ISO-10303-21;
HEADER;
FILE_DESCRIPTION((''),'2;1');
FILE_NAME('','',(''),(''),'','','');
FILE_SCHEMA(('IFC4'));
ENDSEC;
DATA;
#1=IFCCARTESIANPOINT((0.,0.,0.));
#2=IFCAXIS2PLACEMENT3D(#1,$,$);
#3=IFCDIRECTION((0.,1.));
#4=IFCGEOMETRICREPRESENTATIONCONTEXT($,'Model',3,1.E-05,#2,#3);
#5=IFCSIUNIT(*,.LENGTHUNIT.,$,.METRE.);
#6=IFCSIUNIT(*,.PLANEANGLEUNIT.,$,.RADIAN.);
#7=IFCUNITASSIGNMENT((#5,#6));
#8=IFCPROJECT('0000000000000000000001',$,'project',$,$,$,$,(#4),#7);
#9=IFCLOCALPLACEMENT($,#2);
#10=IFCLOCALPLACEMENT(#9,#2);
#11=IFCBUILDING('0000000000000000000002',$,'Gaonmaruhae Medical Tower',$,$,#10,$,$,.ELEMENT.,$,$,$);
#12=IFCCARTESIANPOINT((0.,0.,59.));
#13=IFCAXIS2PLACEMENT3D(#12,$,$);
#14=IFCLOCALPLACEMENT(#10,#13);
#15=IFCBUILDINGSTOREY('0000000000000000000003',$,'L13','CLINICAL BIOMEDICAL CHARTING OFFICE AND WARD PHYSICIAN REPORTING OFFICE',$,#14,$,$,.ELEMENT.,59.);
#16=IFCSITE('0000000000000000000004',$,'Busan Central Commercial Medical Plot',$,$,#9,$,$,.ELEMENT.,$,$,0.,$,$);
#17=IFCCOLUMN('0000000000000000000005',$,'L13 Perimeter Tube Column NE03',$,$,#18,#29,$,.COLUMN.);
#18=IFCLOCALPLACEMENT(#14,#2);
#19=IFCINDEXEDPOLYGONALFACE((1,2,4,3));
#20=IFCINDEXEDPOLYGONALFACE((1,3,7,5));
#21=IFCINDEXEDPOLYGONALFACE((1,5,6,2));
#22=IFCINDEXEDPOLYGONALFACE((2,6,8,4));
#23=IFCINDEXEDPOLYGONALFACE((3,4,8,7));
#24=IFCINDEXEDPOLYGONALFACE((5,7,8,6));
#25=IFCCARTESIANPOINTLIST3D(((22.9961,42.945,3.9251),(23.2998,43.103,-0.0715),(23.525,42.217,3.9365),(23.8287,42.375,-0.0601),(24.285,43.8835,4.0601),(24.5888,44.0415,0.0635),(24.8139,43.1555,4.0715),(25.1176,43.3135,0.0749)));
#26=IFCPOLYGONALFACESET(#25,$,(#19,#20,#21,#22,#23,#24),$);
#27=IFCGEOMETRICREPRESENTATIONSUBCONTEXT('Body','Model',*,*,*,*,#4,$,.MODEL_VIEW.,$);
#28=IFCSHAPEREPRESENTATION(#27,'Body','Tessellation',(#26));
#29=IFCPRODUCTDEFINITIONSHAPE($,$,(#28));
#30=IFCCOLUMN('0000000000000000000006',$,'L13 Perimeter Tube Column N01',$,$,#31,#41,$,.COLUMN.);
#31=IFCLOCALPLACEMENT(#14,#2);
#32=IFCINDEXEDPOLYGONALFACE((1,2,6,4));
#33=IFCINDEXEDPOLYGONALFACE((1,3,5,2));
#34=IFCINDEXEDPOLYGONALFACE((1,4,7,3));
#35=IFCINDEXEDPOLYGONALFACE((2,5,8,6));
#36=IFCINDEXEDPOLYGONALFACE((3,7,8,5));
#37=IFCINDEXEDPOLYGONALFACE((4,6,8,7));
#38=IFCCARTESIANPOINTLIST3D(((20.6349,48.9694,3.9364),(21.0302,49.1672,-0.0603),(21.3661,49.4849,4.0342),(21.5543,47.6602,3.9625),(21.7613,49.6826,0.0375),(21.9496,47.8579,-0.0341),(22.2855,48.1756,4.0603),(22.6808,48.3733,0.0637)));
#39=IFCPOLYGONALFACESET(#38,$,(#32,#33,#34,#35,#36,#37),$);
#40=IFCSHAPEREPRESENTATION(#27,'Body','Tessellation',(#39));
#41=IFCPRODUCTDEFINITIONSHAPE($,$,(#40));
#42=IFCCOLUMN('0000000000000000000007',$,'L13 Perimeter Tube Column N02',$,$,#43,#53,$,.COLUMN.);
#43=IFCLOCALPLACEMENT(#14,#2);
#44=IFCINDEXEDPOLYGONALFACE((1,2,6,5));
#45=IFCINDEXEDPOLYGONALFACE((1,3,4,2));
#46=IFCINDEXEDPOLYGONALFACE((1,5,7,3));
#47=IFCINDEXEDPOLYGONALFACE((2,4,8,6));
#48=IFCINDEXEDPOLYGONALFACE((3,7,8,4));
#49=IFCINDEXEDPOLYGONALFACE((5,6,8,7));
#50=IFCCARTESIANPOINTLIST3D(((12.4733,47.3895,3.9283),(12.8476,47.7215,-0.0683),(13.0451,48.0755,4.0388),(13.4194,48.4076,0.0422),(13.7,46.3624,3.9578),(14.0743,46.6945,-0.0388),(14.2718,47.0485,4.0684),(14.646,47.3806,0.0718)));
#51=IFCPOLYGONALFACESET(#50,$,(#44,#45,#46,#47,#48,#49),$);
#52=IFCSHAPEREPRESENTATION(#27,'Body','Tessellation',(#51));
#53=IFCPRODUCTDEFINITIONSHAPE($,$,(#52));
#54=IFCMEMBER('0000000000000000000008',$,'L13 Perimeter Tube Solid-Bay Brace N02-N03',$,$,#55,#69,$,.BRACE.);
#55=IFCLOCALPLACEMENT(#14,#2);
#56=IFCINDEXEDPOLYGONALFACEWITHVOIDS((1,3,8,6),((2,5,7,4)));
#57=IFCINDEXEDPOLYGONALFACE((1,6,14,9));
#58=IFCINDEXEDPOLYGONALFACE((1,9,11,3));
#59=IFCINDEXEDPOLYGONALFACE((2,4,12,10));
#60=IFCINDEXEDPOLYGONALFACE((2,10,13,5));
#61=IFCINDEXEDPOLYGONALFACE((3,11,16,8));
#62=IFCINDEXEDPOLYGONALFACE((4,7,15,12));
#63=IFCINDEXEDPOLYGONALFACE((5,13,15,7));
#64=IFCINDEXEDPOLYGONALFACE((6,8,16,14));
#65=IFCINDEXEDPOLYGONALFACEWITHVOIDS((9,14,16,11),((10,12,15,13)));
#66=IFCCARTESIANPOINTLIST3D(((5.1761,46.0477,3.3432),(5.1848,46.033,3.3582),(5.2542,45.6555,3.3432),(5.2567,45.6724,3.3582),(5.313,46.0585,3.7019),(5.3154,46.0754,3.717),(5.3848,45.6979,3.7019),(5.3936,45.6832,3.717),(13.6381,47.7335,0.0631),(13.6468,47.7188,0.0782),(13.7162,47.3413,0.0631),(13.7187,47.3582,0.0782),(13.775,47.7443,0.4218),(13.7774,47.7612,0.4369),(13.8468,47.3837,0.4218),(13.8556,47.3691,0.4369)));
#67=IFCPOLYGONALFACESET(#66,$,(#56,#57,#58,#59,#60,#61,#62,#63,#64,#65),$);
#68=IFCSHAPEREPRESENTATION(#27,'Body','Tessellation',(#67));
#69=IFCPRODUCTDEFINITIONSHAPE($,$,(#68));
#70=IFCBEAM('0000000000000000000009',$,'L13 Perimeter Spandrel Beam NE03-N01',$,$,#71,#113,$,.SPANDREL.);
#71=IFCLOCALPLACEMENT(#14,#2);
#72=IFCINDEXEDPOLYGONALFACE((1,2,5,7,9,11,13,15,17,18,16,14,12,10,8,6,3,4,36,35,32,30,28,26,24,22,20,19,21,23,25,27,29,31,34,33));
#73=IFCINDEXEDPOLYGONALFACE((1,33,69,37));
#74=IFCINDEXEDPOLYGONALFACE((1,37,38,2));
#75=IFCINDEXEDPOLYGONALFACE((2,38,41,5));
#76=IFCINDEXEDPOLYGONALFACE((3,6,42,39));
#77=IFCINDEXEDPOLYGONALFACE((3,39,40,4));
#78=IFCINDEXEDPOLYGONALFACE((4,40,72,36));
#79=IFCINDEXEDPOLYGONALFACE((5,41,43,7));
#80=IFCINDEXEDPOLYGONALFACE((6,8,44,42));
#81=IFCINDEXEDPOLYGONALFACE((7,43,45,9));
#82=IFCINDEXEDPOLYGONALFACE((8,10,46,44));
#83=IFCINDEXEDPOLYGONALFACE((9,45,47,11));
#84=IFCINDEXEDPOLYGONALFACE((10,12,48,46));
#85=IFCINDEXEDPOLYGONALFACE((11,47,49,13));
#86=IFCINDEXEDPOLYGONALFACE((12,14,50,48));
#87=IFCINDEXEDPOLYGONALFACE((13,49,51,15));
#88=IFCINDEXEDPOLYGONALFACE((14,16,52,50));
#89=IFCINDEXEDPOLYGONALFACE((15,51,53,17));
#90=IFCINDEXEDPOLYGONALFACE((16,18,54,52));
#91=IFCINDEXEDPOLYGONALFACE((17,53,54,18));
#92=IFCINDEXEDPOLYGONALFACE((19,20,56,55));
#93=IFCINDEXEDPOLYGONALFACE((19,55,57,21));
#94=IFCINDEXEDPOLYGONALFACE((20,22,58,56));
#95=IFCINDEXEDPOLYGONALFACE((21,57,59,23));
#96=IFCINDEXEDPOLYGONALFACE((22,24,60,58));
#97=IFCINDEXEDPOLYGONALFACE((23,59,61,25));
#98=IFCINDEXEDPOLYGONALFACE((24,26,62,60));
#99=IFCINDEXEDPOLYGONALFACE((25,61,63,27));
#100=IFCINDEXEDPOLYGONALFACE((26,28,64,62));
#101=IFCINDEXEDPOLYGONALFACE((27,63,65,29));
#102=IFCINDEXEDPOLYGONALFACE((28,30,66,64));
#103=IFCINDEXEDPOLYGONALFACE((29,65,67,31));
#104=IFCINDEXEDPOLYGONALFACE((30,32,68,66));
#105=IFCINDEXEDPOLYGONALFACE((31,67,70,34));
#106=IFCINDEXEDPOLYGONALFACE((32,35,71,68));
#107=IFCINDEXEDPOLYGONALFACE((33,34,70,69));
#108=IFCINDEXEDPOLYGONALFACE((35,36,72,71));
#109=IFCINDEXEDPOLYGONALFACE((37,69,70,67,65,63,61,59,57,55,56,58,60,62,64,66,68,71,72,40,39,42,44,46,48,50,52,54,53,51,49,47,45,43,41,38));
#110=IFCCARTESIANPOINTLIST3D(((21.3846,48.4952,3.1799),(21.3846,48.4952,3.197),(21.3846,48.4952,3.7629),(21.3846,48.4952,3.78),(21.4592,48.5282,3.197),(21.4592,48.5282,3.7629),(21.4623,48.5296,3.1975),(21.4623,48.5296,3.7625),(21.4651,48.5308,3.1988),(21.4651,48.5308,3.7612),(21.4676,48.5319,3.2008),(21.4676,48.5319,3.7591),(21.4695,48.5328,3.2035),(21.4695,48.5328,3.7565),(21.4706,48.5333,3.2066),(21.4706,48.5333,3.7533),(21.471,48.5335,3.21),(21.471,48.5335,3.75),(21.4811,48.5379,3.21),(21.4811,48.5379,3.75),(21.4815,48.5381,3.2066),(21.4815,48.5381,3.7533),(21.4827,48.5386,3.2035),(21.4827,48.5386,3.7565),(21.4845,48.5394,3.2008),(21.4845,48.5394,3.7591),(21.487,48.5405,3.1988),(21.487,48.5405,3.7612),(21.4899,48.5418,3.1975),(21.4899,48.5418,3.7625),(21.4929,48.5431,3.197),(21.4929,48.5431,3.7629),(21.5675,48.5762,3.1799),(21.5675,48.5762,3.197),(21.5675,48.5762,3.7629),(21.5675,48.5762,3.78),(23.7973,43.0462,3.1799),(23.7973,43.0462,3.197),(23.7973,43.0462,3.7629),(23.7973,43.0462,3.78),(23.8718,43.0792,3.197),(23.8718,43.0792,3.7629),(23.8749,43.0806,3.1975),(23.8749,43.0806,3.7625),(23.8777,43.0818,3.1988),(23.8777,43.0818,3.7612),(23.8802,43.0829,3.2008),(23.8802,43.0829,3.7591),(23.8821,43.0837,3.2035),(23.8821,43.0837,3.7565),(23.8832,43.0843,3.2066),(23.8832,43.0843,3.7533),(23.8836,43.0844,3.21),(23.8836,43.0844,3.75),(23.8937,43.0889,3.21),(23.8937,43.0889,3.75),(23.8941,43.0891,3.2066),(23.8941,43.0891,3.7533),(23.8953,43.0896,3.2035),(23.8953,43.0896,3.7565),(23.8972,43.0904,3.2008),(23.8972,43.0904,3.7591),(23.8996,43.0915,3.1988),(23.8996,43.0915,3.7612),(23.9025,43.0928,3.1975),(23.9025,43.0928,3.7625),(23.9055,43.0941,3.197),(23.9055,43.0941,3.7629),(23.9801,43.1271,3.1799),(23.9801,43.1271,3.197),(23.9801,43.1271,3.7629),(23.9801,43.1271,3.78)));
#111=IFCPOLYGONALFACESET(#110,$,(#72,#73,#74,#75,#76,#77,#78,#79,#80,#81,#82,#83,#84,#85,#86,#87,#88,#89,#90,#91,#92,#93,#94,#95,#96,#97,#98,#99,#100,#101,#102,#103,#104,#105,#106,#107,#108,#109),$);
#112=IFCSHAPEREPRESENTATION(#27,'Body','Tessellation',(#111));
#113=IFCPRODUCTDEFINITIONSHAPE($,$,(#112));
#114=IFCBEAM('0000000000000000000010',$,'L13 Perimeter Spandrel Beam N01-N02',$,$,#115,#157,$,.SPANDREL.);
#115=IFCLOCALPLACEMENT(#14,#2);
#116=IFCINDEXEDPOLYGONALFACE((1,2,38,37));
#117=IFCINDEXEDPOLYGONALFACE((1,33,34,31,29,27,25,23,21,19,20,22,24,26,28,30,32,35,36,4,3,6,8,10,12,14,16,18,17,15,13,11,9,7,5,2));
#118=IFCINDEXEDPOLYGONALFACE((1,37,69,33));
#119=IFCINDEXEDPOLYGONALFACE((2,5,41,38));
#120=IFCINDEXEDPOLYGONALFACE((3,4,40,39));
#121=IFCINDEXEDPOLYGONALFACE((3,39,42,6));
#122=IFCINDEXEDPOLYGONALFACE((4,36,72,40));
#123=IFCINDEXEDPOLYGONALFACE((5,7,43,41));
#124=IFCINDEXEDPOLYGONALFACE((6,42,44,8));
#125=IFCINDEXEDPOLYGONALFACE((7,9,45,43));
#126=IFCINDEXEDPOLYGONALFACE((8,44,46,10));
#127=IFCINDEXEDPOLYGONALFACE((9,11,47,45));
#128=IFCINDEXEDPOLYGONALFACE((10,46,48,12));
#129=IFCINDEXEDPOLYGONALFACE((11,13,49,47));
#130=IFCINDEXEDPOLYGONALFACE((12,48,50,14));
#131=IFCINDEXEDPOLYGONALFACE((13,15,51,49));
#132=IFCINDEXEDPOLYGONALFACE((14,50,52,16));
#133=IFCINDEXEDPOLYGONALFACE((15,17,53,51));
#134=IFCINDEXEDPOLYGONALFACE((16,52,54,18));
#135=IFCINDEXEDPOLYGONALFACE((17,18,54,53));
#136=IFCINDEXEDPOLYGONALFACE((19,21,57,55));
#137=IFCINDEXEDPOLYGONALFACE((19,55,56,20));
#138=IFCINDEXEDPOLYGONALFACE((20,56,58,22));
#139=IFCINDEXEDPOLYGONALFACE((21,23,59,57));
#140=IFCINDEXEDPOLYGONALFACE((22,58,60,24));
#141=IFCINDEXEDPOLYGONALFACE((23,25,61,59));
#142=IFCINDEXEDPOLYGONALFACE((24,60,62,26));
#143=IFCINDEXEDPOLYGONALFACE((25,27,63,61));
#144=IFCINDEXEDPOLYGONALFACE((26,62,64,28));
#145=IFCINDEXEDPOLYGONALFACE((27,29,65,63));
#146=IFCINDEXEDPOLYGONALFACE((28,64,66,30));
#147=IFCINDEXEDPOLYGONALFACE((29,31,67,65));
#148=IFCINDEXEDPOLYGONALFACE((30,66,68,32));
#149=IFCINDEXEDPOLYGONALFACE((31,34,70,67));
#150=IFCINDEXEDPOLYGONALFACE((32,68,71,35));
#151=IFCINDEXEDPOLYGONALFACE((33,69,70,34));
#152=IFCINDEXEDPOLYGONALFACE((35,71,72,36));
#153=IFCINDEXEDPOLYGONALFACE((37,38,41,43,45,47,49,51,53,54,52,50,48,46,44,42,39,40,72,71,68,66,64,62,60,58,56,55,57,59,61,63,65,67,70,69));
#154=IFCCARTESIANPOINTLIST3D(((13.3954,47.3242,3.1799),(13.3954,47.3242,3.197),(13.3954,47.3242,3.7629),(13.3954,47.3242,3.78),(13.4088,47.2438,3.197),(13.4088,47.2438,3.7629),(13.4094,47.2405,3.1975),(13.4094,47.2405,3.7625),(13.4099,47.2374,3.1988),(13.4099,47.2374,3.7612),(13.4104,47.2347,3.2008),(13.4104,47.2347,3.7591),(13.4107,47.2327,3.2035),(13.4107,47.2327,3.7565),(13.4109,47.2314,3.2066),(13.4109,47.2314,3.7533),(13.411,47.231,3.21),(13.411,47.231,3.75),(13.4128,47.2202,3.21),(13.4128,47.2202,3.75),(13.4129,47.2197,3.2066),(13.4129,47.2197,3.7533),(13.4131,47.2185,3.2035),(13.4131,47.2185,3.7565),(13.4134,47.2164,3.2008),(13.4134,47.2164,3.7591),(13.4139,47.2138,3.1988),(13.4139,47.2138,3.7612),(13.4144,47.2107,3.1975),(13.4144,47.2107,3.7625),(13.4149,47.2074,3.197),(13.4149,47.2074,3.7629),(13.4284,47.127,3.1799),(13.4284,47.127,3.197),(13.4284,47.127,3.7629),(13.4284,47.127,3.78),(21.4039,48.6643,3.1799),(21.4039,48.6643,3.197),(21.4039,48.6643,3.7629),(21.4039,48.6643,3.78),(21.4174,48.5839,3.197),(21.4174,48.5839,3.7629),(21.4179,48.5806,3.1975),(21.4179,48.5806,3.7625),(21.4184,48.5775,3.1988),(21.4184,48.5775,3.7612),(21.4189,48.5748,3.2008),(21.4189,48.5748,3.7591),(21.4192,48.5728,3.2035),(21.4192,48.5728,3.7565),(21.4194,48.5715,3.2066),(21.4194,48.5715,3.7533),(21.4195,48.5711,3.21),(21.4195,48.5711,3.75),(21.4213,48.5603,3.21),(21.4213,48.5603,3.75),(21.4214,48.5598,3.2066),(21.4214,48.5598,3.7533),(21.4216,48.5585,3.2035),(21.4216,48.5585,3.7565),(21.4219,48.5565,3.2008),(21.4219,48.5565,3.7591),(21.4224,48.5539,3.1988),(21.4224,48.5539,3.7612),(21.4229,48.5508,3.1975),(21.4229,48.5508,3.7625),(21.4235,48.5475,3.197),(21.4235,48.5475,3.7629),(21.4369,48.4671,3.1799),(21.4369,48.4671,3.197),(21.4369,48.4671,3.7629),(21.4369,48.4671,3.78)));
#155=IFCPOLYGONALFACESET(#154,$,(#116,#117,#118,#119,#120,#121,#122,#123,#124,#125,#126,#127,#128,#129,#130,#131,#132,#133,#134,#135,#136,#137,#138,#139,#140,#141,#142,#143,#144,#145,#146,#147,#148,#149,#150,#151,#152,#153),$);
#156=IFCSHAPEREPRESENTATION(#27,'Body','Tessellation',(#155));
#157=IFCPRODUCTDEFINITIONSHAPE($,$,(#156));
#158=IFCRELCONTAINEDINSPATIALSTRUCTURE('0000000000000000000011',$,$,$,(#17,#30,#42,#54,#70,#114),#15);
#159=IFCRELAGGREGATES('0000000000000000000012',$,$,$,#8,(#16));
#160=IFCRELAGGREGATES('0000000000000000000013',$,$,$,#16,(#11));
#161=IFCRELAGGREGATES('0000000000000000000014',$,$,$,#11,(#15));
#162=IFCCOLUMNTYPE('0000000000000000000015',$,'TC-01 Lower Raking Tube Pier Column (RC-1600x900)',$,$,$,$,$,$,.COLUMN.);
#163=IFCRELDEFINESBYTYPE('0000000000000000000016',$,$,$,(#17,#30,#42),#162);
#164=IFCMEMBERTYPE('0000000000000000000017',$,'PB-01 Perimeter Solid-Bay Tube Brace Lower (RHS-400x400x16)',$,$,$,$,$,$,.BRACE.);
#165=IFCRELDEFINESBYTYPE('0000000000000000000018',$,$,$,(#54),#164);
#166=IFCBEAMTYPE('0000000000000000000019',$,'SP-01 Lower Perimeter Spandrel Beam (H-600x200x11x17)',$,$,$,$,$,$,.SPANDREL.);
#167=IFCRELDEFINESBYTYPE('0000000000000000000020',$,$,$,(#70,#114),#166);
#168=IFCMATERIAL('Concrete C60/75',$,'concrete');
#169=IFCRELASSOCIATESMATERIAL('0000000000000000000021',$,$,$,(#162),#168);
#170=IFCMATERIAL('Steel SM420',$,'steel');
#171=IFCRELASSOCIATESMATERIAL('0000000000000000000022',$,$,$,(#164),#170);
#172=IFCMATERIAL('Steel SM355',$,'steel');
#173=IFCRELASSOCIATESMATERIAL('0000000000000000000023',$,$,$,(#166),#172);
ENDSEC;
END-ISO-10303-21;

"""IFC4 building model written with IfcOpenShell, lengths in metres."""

from ifc_helpers import new_model, si_unit, direction, frame, origin, origin_2d, place, context, subcontext, project, spatial, rectangle, hollow_rectangle, i_section, extrude, material, material_profile, profile_set, type_object, element, save


model = new_model("IFC4")

# Units and contexts
model_context = context("Model", 3, precision=1e-05, world=origin(), true_north=direction((0.0, 1.0)))
body_context = subcontext(model_context, "Body", "Model", "MODEL_VIEW")
ifc_project = project(units=[si_unit("LENGTHUNIT", "METRE"), si_unit("PLANEANGLEUNIT", "RADIAN")], contexts=[model_context])

# Site, building, storey
site_placement = place(None, origin())
site = spatial("IfcSite", under=ifc_project, at=site_placement, Name="Busan Central Commercial Medical Plot", CompositionType="ELEMENT", RefElevation=0.0)
building_placement = place(site_placement, origin())
building = spatial("IfcBuilding", under=site, at=building_placement, Name="Gaonmaruhae Medical Tower", CompositionType="ELEMENT")
storey_placement = place(building_placement, frame((0.0, 0.0, 59.0)))
storey = spatial("IfcBuildingStorey", under=building, at=storey_placement, Name="L13", Description="CLINICAL BIOMEDICAL CHARTING OFFICE AND WARD PHYSICIAN REPORTING OFFICE", CompositionType="ELEMENT", Elevation=59.0)

# Columns
ifc_material_1 = material(Name="Concrete C60/75", Category="concrete")
ifc_material_profile_1 = material_profile(ifc_material_1, rectangle(XDim=1.6001, YDim=0.8999, at=origin_2d()), Name="RC-1600x900")
ifc_profile_set_1 = profile_set([ifc_material_profile_1], Name="Concrete C60/75")
column_type = type_object("IfcColumnType", Name="TC-01 Lower Raking Tube Pier Column (RC-1600x900)", PredefinedType="COLUMN", material=ifc_profile_set_1)
column_1_placement = place(storey_placement, frame((24.2087, 43.2083, 0.0017), z_axis=(-0.075715, -0.039379, 0.996352), x_axis=(0.805521, 0.586527, 0.084395)))
element("IfcColumn", 1, at=column_1_placement, inside=storey, type_object=column_type, Name="L13 Perimeter Tube Column NE03", PredefinedType="COLUMN", context=body_context, shape_type="SweptSolid", body=[
    extrude(rectangle(XDim=1.6001, YDim=0.8999, at=origin_2d()), origin(), (0.0, 0.0, 1.0), 4.0112),
])
column_2_placement = place(storey_placement, frame((21.8555, 48.7703, 0.0017), z_axis=(-0.098301, -0.049181, 0.993941), x_axis=(0.574617, -0.81826, 0.016342)))
element("IfcColumn", 2, at=column_2_placement, inside=storey, type_object=column_type, Name="L13 Perimeter Tube Column N01", PredefinedType="COLUMN", context=body_context, shape_type="SweptSolid", body=[
    extrude(rectangle(XDim=1.6001, YDim=0.8999, at=origin_2d()), origin(), (0.0, 0.0, 1.0), 4.021),
])
column_3_placement = place(storey_placement, frame((13.7468, 47.551, 0.0017), z_axis=(-0.092922, -0.082435, 0.992255), x_axis=(0.766615, -0.641841, 0.018468)))
element("IfcColumn", 3, at=column_3_placement, inside=storey, type_object=column_type, Name="L13 Perimeter Tube Column N02", PredefinedType="COLUMN", context=body_context, shape_type="SweptSolid", body=[
    extrude(rectangle(XDim=1.6001, YDim=0.8999, at=origin_2d()), origin(), (0.0, 0.0, 1.0), 4.0278),
])

# Member
ifc_material_2 = material(Name="Steel SM420", Category="steel")
ifc_material_profile_2 = material_profile(ifc_material_2, hollow_rectangle(XDim=0.3999, YDim=0.3999, WallThickness=0.0161, at=origin_2d()), Name="RHS-400x400x16")
ifc_profile_set_2 = profile_set([ifc_material_profile_2], Name="Steel SM420")
member_type = type_object("IfcMemberType", Name="PB-01 Perimeter Solid-Bay Tube Brace Lower (RHS-400x400x16)", PredefinedType="BRACE", material=ifc_profile_set_2)
member_placement = place(storey_placement, frame((13.7468, 47.5513, 0.25), z_axis=(-0.916721, -0.18263, 0.355342), x_axis=(0.195381, -0.980727, 0.0)))
element("IfcMember", 4, at=member_placement, inside=storey, type_object=member_type, Name="L13 Perimeter Tube Solid-Bay Brace N02-N03", PredefinedType="BRACE", context=body_context, shape_type="SweptSolid", body=[
    extrude(hollow_rectangle(XDim=0.3999, YDim=0.3999, WallThickness=0.0161, at=origin_2d()), origin(), (0.0, 0.0, 1.0), 9.2307),
])

# Beams
ifc_material_3 = material(Name="Steel SM355", Category="steel")
ifc_material_profile_3 = material_profile(ifc_material_3, i_section(OverallWidth=0.2, OverallDepth=0.6001, WebThickness=0.011, FlangeThickness=0.0171, FilletRadius=0.0129, at=origin_2d()), Name="H-600x200x11x17")
ifc_profile_set_3 = profile_set([ifc_material_profile_3], Name="Steel SM355")
beam_type = type_object("IfcBeamType", Name="SP-01 Lower Perimeter Spandrel Beam (H-600x200x11x17)", PredefinedType="SPANDREL", material=ifc_profile_set_3)
beam_1_placement = place(storey_placement, frame((23.8887, 43.0867, 3.48), z_axis=(-0.404853, 0.914382, 0.0), x_axis=(-0.914382, -0.404853, 0.0)))
element("IfcBeam", 5, at=beam_1_placement, inside=storey, type_object=beam_type, Name="L13 Perimeter Spandrel Beam NE03-N01", PredefinedType="SPANDREL", context=body_context, shape_type="SweptSolid", body=[
    extrude(i_section(OverallWidth=0.2, OverallDepth=0.6001, WebThickness=0.011, FlangeThickness=0.0171, FilletRadius=0.0129, at=origin_2d()), origin(), (0.0, 0.0, 1.0), 5.9592),
])
beam_2_placement = place(storey_placement, frame((21.4204, 48.5657, 3.48), z_axis=(-0.986287, -0.165038, 0.0), x_axis=(0.165038, -0.986287, 0.0)))
element("IfcBeam", 6, at=beam_2_placement, inside=storey, type_object=beam_type, Name="L13 Perimeter Spandrel Beam N01-N02", PredefinedType="SPANDREL", context=body_context, shape_type="SweptSolid", body=[
    extrude(i_section(OverallWidth=0.2, OverallDepth=0.6001, WebThickness=0.011, FlangeThickness=0.0171, FilletRadius=0.0129, at=origin_2d()), origin(), (0.0, 0.0, 1.0), 8.1199),
])

save(model, "model.ifc")
